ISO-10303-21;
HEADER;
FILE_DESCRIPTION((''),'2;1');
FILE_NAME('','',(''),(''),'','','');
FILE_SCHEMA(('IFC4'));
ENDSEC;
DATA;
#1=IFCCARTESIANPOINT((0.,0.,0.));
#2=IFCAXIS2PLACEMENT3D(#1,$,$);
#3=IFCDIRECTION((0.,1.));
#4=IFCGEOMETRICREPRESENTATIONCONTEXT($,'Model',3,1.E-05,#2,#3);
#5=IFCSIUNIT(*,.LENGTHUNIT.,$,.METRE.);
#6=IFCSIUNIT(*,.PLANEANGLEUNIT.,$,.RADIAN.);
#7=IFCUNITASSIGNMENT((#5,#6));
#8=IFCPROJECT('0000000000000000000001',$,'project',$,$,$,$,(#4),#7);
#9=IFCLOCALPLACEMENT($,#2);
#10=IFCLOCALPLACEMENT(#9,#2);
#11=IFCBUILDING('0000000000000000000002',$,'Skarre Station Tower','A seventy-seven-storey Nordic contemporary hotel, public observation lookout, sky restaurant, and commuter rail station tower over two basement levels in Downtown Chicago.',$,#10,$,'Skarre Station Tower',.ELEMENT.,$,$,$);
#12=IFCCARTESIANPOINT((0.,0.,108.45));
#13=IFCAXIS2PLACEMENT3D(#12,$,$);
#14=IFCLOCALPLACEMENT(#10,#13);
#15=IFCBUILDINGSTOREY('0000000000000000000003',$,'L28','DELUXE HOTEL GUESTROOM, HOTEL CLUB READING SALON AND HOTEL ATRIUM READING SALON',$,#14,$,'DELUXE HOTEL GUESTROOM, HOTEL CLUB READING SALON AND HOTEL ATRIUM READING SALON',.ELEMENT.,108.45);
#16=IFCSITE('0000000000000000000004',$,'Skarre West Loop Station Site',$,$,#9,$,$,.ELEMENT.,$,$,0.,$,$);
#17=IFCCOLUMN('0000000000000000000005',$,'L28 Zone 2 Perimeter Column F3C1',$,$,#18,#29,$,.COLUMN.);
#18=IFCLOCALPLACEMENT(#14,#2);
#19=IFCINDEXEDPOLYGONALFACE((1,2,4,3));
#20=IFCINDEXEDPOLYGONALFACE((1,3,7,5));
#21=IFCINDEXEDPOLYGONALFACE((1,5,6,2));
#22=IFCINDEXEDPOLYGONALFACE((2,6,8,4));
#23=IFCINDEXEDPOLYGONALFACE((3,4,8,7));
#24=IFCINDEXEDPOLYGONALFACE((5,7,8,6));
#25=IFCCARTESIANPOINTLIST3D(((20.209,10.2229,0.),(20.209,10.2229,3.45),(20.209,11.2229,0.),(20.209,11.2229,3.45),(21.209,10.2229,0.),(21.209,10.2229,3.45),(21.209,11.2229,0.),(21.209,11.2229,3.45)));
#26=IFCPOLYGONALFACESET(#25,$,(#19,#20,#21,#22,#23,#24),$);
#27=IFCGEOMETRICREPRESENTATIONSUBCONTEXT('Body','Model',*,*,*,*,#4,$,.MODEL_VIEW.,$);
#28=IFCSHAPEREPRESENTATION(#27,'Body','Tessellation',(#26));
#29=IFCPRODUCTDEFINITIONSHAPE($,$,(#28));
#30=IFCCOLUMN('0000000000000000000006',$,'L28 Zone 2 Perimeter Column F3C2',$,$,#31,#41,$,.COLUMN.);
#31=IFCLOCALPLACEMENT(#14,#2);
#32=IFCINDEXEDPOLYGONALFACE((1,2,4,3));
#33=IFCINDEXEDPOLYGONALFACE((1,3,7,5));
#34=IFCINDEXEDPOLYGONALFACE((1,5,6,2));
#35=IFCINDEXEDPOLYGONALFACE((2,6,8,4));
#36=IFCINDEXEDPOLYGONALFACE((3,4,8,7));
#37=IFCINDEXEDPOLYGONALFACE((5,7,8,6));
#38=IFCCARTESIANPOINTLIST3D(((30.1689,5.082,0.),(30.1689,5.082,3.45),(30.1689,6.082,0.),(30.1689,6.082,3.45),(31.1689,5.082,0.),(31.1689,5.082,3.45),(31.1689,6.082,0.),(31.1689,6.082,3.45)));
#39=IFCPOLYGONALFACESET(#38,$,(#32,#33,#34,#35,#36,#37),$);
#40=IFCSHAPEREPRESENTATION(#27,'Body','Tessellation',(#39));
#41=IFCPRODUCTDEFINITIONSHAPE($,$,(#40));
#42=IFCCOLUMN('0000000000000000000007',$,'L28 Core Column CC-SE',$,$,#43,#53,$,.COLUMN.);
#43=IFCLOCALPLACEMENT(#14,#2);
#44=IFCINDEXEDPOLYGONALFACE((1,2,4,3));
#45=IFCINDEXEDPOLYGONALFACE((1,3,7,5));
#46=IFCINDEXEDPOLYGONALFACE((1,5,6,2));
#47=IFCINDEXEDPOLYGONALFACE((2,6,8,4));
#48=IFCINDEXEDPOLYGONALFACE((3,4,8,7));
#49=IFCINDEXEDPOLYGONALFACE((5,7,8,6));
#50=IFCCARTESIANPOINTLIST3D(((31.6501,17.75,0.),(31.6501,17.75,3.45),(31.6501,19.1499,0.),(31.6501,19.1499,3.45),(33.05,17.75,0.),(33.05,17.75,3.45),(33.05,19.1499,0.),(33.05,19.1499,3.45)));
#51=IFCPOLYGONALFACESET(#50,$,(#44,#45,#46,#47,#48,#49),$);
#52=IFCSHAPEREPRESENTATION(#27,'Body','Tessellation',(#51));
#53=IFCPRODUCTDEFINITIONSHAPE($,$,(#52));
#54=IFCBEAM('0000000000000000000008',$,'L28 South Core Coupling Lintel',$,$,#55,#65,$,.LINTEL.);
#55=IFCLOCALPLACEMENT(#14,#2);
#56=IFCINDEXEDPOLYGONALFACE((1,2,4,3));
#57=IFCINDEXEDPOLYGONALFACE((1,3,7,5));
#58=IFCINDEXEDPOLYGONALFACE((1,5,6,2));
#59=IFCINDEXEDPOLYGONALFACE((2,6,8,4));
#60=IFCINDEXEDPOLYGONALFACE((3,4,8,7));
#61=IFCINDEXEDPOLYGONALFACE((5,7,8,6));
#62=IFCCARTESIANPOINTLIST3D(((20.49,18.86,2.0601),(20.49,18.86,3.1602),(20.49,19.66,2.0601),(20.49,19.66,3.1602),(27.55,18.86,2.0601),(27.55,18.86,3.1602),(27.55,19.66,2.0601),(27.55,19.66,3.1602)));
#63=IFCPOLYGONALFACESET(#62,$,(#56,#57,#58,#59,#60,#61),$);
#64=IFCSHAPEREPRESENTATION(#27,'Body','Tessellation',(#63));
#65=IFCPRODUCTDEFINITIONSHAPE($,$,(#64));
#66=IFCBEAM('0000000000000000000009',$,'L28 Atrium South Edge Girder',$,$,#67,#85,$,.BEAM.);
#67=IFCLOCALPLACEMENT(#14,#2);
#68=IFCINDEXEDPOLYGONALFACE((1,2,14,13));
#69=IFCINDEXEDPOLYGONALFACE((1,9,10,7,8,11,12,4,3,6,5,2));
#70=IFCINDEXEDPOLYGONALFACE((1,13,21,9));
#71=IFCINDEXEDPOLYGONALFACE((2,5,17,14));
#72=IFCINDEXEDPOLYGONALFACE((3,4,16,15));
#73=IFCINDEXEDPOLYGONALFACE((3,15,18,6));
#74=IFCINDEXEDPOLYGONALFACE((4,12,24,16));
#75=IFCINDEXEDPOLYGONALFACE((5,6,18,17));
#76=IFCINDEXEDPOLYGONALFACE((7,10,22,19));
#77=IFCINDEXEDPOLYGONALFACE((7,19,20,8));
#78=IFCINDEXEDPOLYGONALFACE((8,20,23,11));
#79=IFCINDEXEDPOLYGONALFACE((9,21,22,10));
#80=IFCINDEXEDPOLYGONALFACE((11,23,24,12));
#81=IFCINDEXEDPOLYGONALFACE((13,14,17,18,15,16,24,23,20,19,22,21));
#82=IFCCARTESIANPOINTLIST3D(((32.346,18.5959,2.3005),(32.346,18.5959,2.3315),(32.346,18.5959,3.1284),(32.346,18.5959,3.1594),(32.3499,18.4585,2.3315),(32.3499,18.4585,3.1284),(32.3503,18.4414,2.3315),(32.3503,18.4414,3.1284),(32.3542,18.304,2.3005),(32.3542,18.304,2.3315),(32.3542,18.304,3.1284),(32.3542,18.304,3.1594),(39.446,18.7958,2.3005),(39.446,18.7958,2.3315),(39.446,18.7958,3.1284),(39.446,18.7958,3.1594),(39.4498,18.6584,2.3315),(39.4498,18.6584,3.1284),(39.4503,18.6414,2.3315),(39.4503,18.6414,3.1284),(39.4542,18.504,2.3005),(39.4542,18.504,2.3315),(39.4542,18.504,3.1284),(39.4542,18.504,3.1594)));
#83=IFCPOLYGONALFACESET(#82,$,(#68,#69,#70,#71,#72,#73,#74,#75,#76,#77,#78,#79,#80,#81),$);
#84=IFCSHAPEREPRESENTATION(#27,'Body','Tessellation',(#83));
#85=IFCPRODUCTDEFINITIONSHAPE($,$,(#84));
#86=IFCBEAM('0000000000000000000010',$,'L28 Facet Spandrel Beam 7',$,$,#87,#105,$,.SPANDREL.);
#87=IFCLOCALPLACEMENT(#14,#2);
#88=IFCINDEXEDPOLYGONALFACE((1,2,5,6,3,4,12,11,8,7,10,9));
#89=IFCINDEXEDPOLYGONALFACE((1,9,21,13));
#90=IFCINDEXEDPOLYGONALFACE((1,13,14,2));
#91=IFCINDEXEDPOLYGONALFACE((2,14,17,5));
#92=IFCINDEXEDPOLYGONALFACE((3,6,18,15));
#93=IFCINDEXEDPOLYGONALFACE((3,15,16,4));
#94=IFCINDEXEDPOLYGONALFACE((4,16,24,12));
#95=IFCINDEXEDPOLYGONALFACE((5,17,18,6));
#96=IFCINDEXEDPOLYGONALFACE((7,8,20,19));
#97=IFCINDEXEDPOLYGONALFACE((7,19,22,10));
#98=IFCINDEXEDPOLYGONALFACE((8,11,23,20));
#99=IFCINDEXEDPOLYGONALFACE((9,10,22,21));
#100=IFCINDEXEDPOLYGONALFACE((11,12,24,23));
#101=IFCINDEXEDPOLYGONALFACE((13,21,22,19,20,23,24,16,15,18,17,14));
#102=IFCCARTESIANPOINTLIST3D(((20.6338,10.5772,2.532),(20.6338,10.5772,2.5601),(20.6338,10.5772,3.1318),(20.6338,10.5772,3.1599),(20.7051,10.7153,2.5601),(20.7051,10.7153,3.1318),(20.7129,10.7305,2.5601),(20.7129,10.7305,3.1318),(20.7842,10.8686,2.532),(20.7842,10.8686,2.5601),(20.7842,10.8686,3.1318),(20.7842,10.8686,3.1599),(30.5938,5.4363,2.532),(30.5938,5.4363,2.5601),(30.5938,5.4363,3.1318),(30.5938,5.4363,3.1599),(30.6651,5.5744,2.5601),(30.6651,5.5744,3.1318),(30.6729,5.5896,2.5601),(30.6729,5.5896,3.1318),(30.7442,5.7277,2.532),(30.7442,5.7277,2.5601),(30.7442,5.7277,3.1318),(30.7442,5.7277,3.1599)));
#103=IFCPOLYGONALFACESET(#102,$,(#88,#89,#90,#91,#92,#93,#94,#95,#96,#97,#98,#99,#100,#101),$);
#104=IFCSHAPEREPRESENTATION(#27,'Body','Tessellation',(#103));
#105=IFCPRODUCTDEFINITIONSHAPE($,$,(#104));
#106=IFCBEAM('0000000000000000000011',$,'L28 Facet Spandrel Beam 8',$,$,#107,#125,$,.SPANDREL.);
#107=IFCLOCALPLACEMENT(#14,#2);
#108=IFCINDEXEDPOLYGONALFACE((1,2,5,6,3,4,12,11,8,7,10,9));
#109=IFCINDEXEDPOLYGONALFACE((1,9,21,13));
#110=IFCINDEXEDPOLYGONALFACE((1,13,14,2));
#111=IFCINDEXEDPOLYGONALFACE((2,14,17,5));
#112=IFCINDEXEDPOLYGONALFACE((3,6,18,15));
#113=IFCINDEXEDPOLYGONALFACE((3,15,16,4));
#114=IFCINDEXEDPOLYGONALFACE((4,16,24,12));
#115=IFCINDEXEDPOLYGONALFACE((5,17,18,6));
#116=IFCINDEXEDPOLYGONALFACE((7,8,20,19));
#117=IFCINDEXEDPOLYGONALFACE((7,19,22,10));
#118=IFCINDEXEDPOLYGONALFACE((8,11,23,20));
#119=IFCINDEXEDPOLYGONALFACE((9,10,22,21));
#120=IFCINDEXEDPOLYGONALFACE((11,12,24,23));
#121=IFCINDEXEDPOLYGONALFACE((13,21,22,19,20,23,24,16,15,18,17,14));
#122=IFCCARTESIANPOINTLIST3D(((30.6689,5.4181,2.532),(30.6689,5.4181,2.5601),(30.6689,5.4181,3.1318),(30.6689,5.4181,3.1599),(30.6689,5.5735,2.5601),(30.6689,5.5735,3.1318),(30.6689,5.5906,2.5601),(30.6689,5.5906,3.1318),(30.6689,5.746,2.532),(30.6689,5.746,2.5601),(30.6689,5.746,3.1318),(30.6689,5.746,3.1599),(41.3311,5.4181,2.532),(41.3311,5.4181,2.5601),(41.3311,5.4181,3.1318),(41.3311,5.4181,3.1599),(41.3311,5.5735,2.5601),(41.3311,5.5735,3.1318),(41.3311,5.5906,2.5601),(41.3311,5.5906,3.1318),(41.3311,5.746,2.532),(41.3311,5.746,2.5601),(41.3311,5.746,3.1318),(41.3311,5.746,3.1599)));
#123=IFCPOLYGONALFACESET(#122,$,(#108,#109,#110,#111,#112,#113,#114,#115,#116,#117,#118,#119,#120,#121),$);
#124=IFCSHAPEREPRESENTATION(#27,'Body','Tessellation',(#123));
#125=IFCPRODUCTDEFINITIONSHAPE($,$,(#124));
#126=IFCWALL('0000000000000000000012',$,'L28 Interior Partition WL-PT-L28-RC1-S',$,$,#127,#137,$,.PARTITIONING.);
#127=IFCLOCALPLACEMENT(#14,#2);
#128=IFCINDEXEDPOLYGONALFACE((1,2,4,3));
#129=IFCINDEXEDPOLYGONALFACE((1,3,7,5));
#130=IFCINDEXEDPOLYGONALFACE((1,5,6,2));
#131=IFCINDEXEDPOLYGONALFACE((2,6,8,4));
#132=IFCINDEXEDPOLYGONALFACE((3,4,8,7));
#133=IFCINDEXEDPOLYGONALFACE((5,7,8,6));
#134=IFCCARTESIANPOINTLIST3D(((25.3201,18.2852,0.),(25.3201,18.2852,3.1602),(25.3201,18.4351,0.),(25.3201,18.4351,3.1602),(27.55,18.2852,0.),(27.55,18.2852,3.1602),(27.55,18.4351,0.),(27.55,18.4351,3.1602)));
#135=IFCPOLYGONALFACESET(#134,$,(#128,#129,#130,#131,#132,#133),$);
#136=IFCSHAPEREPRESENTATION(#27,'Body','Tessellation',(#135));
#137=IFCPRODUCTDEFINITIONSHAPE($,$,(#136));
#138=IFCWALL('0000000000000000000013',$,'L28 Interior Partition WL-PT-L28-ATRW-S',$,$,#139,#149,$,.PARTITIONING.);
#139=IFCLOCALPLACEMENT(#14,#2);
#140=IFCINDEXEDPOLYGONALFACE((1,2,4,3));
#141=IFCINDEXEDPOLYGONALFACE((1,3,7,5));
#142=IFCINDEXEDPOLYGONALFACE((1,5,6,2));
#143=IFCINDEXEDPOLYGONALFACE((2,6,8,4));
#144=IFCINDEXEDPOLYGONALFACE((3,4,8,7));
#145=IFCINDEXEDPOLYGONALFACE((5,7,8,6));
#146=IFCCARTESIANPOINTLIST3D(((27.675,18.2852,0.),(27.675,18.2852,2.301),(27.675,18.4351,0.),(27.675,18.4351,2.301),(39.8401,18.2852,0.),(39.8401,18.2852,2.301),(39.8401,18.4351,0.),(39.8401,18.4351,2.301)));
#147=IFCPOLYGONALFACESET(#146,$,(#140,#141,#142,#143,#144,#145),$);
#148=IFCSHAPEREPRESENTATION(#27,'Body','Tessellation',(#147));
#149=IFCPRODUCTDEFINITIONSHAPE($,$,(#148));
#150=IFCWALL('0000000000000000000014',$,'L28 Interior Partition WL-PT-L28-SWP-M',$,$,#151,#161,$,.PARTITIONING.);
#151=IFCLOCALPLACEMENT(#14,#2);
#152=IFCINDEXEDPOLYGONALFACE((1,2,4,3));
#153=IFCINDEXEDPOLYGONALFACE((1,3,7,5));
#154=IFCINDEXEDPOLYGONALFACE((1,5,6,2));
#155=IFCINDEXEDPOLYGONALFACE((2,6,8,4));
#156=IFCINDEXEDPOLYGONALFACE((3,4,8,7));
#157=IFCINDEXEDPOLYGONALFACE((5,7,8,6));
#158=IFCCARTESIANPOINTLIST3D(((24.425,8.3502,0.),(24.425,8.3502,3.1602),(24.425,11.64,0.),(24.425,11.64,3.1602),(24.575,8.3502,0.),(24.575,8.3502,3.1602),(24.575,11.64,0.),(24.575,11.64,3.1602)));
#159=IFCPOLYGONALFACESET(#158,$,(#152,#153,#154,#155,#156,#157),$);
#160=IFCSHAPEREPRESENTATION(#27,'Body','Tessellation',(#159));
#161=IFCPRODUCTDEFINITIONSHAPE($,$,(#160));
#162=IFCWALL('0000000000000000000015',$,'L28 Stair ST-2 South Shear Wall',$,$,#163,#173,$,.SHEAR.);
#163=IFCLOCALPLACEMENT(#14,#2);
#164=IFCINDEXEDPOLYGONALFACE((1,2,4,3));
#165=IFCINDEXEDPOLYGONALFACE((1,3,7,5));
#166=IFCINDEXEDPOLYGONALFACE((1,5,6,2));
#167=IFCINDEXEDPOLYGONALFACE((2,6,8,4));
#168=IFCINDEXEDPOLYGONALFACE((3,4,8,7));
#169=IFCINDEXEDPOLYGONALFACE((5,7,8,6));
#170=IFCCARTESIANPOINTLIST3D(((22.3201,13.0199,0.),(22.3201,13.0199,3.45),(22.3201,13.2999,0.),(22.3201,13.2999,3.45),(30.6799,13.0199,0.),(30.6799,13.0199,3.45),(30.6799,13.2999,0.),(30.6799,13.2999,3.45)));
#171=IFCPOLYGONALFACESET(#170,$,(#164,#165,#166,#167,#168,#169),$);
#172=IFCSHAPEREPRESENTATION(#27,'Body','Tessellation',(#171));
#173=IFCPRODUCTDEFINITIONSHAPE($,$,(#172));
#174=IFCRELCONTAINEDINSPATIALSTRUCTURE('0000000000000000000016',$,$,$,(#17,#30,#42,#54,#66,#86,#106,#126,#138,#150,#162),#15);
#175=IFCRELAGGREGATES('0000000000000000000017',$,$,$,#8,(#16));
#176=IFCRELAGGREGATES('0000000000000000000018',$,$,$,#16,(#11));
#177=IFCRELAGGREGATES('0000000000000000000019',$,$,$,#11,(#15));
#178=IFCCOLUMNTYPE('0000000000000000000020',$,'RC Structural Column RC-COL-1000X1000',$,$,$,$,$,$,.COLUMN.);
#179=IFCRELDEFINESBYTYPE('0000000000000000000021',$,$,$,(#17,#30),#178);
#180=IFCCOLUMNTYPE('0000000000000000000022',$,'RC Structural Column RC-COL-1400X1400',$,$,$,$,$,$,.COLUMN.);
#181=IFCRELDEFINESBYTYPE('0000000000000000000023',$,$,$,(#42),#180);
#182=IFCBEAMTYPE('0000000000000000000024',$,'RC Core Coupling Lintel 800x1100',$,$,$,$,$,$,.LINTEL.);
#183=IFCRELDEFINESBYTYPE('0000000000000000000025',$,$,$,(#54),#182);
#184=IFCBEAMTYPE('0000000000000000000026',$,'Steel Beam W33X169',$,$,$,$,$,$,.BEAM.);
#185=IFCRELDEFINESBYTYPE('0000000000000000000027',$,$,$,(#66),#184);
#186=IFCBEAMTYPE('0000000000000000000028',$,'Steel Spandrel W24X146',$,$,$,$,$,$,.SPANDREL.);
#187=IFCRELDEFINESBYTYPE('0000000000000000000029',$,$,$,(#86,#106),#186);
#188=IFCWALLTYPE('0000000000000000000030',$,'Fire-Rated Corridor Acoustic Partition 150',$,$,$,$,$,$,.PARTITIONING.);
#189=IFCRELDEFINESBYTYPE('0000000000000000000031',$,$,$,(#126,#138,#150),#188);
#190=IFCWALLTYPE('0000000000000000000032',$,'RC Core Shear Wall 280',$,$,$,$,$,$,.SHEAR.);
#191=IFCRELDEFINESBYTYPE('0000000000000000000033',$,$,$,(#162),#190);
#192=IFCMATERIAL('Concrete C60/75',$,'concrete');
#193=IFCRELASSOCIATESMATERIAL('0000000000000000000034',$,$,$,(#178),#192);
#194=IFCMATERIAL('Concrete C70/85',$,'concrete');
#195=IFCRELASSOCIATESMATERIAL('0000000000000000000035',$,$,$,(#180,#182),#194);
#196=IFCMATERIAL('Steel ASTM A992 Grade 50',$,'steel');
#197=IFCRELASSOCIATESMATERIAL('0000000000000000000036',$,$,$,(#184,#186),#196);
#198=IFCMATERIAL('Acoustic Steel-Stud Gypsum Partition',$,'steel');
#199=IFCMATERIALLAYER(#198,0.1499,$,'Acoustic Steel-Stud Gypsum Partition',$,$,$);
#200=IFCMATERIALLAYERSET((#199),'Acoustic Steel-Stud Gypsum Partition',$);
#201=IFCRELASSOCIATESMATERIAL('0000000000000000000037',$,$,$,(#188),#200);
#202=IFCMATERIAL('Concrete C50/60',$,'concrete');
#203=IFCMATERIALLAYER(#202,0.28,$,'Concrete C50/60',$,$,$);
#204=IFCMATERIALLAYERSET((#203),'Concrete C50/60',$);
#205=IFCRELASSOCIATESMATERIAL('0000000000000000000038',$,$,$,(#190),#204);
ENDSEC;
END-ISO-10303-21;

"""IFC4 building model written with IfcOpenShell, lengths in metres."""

from ifc_helpers import new_model, si_unit, direction, frame, frame_2d, origin, origin_2d, place, context, subcontext, project, spatial, rectangle, i_section, extrude, material, layer, layer_set, material_profile, profile_set, type_object, element, save


model = new_model("IFC4")

# Units and contexts
model_context = context("Model", 3, precision=1e-05, world=origin(), true_north=direction((0.0, 1.0)))
body_context = subcontext(model_context, "Body", "Model", "MODEL_VIEW")
ifc_project = project(units=[si_unit("LENGTHUNIT", "METRE"), si_unit("PLANEANGLEUNIT", "RADIAN")], contexts=[model_context])

# Site, building, storey
site_placement = place(None, origin())
site = spatial("IfcSite", under=ifc_project, at=site_placement, Name="Skarre West Loop Station Site", CompositionType="ELEMENT", RefElevation=0.0)
building_placement = place(site_placement, origin())
building = spatial("IfcBuilding", under=site, at=building_placement, Name="Skarre Station Tower", Description="A seventy-seven-storey Nordic contemporary hotel, public observation lookout, sky restaurant, and commuter rail station tower over two basement levels in Downtown Chicago.", LongName="Skarre Station Tower", CompositionType="ELEMENT")
storey_placement = place(building_placement, frame((0.0, 0.0, 108.45)))
storey = spatial("IfcBuildingStorey", under=building, at=storey_placement, Name="L28", Description="DELUXE HOTEL GUESTROOM, HOTEL CLUB READING SALON AND HOTEL ATRIUM READING SALON", LongName="DELUXE HOTEL GUESTROOM, HOTEL CLUB READING SALON AND HOTEL ATRIUM READING SALON", CompositionType="ELEMENT", Elevation=108.45)

# Columns
ifc_material_1 = material(Name="Concrete C60/75", Category="concrete")
ifc_material_profile_1 = material_profile(ifc_material_1, rectangle(XDim=1.0, YDim=1.0, at=origin_2d()), Name="Concrete C60/75")
ifc_profile_set_1 = profile_set([ifc_material_profile_1], Name="Concrete C60/75")
column_type_1 = type_object("IfcColumnType", Name="RC Structural Column RC-COL-1000X1000", PredefinedType="COLUMN", material=ifc_profile_set_1)
for number, where, z_axis, x_axis, name in (
    (1, (20.709, 10.7229, 0.0), (0.0, 0.0, 1.0), (1.0, 0.0, 0.0), "L28 Zone 2 Perimeter Column F3C1"),
    (2, (30.6689, 5.582, 0.0), (0.0, 0.0, 1.0), (1.0, 0.0, 0.0), "L28 Zone 2 Perimeter Column F3C2"),
):
    element("IfcColumn", number, at=place(storey_placement, frame(where, z_axis=z_axis, x_axis=x_axis)), inside=storey, type_object=column_type_1, Name=name, PredefinedType="COLUMN", context=body_context, shape_type="SweptSolid", body=[
        extrude(rectangle(XDim=1.0, YDim=1.0, at=origin_2d()), origin(), (0.0, 0.0, 1.0), 3.45),
    ])
ifc_material_2 = material(Name="Concrete C70/85", Category="concrete")
ifc_material_profile_2 = material_profile(ifc_material_2, rectangle(XDim=1.3999, YDim=1.3999, at=origin_2d()), Name="Concrete C70/85")
ifc_profile_set_2 = profile_set([ifc_material_profile_2], Name="Concrete C70/85")
column_type_2 = type_object("IfcColumnType", Name="RC Structural Column RC-COL-1400X1400", PredefinedType="COLUMN", material=ifc_profile_set_2)
column_placement = place(storey_placement, frame((32.3501, 18.45, 0.0), z_axis=(0.0, 0.0, 1.0), x_axis=(1.0, 0.0, 0.0)))
element("IfcColumn", 3, at=column_placement, inside=storey, type_object=column_type_2, Name="L28 Core Column CC-SE", PredefinedType="COLUMN", context=body_context, shape_type="SweptSolid", body=[
    extrude(rectangle(XDim=1.3999, YDim=1.3999, at=origin_2d()), origin(), (0.0, 0.0, 1.0), 3.45),
])

# Beams
ifc_material_profile_3 = material_profile(ifc_material_2, rectangle(XDim=0.8, YDim=1.1001, at=origin_2d()), Name="Concrete C70/85")
ifc_profile_set_3 = profile_set([ifc_material_profile_3], Name="Concrete C70/85")
beam_type_1 = type_object("IfcBeamType", Name="RC Core Coupling Lintel 800x1100", PredefinedType="LINTEL", material=ifc_profile_set_3)
beam_1_placement = place(storey_placement, frame((20.49, 19.26, 2.6101), z_axis=(1.0, 0.0, 0.0), x_axis=(0.0, 1.0, 0.0)))
element("IfcBeam", 4, at=beam_1_placement, inside=storey, type_object=beam_type_1, Name="L28 South Core Coupling Lintel", PredefinedType="LINTEL", context=body_context, shape_type="SweptSolid", body=[
    extrude(rectangle(XDim=0.8, YDim=1.1001, at=origin_2d()), origin(), (0.0, 0.0, 1.0), 7.0601),
])
ifc_material_3 = material(Name="Steel ASTM A992 Grade 50", Category="steel")
ifc_material_profile_4 = material_profile(ifc_material_3, i_section(OverallWidth=0.292, OverallDepth=0.8589, WebThickness=0.0171, FlangeThickness=0.031, at=origin_2d()), Name="Steel ASTM A992 Grade 50")
ifc_profile_set_4 = profile_set([ifc_material_profile_4], Name="Steel ASTM A992 Grade 50")
beam_type_2 = type_object("IfcBeamType", Name="Steel Beam W33X169", PredefinedType="BEAM", material=ifc_profile_set_4)
beam_2_placement = place(storey_placement, frame((32.3501, 18.45, 2.73), z_axis=(0.999604, 0.028152, 0.0), x_axis=(-0.028152, 0.999604, 0.0)))
element("IfcBeam", 5, at=beam_2_placement, inside=storey, type_object=beam_type_2, Name="L28 Atrium South Edge Girder", PredefinedType="BEAM", context=body_context, shape_type="SweptSolid", body=[
    extrude(i_section(OverallWidth=0.292, OverallDepth=0.8589, WebThickness=0.0171, FlangeThickness=0.031, at=origin_2d()), origin(), (0.0, 0.0, 1.0), 7.1028),
])
ifc_material_profile_5 = material_profile(ifc_material_3, i_section(OverallWidth=0.3279, OverallDepth=0.6279, WebThickness=0.0171, FlangeThickness=0.0281, at=origin_2d()), Name="Steel ASTM A992 Grade 50")
ifc_profile_set_5 = profile_set([ifc_material_profile_5], Name="Steel ASTM A992 Grade 50")
beam_type_3 = type_object("IfcBeamType", Name="Steel Spandrel W24X146", PredefinedType="SPANDREL", material=ifc_profile_set_5)
beam_3_placement = place(storey_placement, frame((20.709, 10.7229, 2.8459), z_axis=(0.888612, -0.45866, 0.0), x_axis=(0.45866, 0.888612, 0.0)))
element("IfcBeam", 6, at=beam_3_placement, inside=storey, type_object=beam_type_3, Name="L28 Facet Spandrel Beam 7", PredefinedType="SPANDREL", context=body_context, shape_type="SweptSolid", body=[
    extrude(i_section(OverallWidth=0.3279, OverallDepth=0.6279, WebThickness=0.0171, FlangeThickness=0.0281, at=origin_2d()), origin(), (0.0, 0.0, 1.0), 11.2085),
])
beam_4_placement = place(storey_placement, frame((30.6689, 5.582, 2.8459), z_axis=(1.0, 0.0, 0.0), x_axis=(0.0, 1.0, 0.0)))
element("IfcBeam", 7, at=beam_4_placement, inside=storey, type_object=beam_type_3, Name="L28 Facet Spandrel Beam 8", PredefinedType="SPANDREL", context=body_context, shape_type="SweptSolid", body=[
    extrude(i_section(OverallWidth=0.3279, OverallDepth=0.6279, WebThickness=0.0171, FlangeThickness=0.0281, at=origin_2d()), origin(), (0.0, 0.0, 1.0), 10.6621),
])

# Walls
ifc_material_4 = material(Name="Acoustic Steel-Stud Gypsum Partition", Category="steel")
ifc_layer_1 = layer(ifc_material_4, 0.1499, Name="Acoustic Steel-Stud Gypsum Partition")
ifc_layer_set_1 = layer_set([ifc_layer_1], Name="Acoustic Steel-Stud Gypsum Partition")
wall_type_1 = type_object("IfcWallType", Name="Fire-Rated Corridor Acoustic Partition 150", PredefinedType="PARTITIONING", material=ifc_layer_set_1)
wall_1_placement = place(storey_placement, frame((25.3201, 18.3601, 0.0), z_axis=(0.0, 0.0, 1.0), x_axis=(1.0, 0.0, 0.0)))
element("IfcWall", 8, at=wall_1_placement, inside=storey, type_object=wall_type_1, Name="L28 Interior Partition WL-PT-L28-RC1-S", PredefinedType="PARTITIONING", context=body_context, shape_type="SweptSolid", body=[
    extrude(rectangle(XDim=2.23, YDim=0.1499, at=frame_2d((1.115, 0.0))), origin(), (0.0, 0.0, 1.0), 3.1602),
])
wall_2_placement = place(storey_placement, frame((27.675, 18.3601, 0.0), z_axis=(0.0, 0.0, 1.0), x_axis=(1.0, 0.0, 0.0)))
element("IfcWall", 9, at=wall_2_placement, inside=storey, type_object=wall_type_1, Name="L28 Interior Partition WL-PT-L28-ATRW-S", PredefinedType="PARTITIONING", context=body_context, shape_type="SweptSolid", body=[
    extrude(rectangle(XDim=12.165, YDim=0.1499, at=frame_2d((6.0825, 0.0))), origin(), (0.0, 0.0, 1.0), 2.301),
])
wall_3_placement = place(storey_placement, frame((24.5, 8.3501, 0.0), z_axis=(0.0, 0.0, 1.0), x_axis=(0.0, 1.0, 0.0)))
element("IfcWall", 10, at=wall_3_placement, inside=storey, type_object=wall_type_1, Name="L28 Interior Partition WL-PT-L28-SWP-M", PredefinedType="PARTITIONING", context=body_context, shape_type="SweptSolid", body=[
    extrude(rectangle(XDim=3.2898, YDim=0.1499, at=frame_2d((1.645, 0.0))), origin(), (0.0, 0.0, 1.0), 3.1602),
])
ifc_material_5 = material(Name="Concrete C50/60", Category="concrete")
ifc_layer_2 = layer(ifc_material_5, 0.28, Name="Concrete C50/60")
ifc_layer_set_2 = layer_set([ifc_layer_2], Name="Concrete C50/60")
wall_type_2 = type_object("IfcWallType", Name="RC Core Shear Wall 280", PredefinedType="SHEAR", material=ifc_layer_set_2)
wall_4_placement = place(storey_placement, frame((22.3201, 13.1599, 0.0), z_axis=(0.0, 0.0, 1.0), x_axis=(1.0, 0.0, 0.0)))
element("IfcWall", 11, at=wall_4_placement, inside=storey, type_object=wall_type_2, Name="L28 Stair ST-2 South Shear Wall", PredefinedType="SHEAR", context=body_context, shape_type="SweptSolid", body=[
    extrude(rectangle(XDim=8.3599, YDim=0.28, at=frame_2d((4.1799, 0.0))), origin(), (0.0, 0.0, 1.0), 3.45),
])

save(model, "model.ifc")
